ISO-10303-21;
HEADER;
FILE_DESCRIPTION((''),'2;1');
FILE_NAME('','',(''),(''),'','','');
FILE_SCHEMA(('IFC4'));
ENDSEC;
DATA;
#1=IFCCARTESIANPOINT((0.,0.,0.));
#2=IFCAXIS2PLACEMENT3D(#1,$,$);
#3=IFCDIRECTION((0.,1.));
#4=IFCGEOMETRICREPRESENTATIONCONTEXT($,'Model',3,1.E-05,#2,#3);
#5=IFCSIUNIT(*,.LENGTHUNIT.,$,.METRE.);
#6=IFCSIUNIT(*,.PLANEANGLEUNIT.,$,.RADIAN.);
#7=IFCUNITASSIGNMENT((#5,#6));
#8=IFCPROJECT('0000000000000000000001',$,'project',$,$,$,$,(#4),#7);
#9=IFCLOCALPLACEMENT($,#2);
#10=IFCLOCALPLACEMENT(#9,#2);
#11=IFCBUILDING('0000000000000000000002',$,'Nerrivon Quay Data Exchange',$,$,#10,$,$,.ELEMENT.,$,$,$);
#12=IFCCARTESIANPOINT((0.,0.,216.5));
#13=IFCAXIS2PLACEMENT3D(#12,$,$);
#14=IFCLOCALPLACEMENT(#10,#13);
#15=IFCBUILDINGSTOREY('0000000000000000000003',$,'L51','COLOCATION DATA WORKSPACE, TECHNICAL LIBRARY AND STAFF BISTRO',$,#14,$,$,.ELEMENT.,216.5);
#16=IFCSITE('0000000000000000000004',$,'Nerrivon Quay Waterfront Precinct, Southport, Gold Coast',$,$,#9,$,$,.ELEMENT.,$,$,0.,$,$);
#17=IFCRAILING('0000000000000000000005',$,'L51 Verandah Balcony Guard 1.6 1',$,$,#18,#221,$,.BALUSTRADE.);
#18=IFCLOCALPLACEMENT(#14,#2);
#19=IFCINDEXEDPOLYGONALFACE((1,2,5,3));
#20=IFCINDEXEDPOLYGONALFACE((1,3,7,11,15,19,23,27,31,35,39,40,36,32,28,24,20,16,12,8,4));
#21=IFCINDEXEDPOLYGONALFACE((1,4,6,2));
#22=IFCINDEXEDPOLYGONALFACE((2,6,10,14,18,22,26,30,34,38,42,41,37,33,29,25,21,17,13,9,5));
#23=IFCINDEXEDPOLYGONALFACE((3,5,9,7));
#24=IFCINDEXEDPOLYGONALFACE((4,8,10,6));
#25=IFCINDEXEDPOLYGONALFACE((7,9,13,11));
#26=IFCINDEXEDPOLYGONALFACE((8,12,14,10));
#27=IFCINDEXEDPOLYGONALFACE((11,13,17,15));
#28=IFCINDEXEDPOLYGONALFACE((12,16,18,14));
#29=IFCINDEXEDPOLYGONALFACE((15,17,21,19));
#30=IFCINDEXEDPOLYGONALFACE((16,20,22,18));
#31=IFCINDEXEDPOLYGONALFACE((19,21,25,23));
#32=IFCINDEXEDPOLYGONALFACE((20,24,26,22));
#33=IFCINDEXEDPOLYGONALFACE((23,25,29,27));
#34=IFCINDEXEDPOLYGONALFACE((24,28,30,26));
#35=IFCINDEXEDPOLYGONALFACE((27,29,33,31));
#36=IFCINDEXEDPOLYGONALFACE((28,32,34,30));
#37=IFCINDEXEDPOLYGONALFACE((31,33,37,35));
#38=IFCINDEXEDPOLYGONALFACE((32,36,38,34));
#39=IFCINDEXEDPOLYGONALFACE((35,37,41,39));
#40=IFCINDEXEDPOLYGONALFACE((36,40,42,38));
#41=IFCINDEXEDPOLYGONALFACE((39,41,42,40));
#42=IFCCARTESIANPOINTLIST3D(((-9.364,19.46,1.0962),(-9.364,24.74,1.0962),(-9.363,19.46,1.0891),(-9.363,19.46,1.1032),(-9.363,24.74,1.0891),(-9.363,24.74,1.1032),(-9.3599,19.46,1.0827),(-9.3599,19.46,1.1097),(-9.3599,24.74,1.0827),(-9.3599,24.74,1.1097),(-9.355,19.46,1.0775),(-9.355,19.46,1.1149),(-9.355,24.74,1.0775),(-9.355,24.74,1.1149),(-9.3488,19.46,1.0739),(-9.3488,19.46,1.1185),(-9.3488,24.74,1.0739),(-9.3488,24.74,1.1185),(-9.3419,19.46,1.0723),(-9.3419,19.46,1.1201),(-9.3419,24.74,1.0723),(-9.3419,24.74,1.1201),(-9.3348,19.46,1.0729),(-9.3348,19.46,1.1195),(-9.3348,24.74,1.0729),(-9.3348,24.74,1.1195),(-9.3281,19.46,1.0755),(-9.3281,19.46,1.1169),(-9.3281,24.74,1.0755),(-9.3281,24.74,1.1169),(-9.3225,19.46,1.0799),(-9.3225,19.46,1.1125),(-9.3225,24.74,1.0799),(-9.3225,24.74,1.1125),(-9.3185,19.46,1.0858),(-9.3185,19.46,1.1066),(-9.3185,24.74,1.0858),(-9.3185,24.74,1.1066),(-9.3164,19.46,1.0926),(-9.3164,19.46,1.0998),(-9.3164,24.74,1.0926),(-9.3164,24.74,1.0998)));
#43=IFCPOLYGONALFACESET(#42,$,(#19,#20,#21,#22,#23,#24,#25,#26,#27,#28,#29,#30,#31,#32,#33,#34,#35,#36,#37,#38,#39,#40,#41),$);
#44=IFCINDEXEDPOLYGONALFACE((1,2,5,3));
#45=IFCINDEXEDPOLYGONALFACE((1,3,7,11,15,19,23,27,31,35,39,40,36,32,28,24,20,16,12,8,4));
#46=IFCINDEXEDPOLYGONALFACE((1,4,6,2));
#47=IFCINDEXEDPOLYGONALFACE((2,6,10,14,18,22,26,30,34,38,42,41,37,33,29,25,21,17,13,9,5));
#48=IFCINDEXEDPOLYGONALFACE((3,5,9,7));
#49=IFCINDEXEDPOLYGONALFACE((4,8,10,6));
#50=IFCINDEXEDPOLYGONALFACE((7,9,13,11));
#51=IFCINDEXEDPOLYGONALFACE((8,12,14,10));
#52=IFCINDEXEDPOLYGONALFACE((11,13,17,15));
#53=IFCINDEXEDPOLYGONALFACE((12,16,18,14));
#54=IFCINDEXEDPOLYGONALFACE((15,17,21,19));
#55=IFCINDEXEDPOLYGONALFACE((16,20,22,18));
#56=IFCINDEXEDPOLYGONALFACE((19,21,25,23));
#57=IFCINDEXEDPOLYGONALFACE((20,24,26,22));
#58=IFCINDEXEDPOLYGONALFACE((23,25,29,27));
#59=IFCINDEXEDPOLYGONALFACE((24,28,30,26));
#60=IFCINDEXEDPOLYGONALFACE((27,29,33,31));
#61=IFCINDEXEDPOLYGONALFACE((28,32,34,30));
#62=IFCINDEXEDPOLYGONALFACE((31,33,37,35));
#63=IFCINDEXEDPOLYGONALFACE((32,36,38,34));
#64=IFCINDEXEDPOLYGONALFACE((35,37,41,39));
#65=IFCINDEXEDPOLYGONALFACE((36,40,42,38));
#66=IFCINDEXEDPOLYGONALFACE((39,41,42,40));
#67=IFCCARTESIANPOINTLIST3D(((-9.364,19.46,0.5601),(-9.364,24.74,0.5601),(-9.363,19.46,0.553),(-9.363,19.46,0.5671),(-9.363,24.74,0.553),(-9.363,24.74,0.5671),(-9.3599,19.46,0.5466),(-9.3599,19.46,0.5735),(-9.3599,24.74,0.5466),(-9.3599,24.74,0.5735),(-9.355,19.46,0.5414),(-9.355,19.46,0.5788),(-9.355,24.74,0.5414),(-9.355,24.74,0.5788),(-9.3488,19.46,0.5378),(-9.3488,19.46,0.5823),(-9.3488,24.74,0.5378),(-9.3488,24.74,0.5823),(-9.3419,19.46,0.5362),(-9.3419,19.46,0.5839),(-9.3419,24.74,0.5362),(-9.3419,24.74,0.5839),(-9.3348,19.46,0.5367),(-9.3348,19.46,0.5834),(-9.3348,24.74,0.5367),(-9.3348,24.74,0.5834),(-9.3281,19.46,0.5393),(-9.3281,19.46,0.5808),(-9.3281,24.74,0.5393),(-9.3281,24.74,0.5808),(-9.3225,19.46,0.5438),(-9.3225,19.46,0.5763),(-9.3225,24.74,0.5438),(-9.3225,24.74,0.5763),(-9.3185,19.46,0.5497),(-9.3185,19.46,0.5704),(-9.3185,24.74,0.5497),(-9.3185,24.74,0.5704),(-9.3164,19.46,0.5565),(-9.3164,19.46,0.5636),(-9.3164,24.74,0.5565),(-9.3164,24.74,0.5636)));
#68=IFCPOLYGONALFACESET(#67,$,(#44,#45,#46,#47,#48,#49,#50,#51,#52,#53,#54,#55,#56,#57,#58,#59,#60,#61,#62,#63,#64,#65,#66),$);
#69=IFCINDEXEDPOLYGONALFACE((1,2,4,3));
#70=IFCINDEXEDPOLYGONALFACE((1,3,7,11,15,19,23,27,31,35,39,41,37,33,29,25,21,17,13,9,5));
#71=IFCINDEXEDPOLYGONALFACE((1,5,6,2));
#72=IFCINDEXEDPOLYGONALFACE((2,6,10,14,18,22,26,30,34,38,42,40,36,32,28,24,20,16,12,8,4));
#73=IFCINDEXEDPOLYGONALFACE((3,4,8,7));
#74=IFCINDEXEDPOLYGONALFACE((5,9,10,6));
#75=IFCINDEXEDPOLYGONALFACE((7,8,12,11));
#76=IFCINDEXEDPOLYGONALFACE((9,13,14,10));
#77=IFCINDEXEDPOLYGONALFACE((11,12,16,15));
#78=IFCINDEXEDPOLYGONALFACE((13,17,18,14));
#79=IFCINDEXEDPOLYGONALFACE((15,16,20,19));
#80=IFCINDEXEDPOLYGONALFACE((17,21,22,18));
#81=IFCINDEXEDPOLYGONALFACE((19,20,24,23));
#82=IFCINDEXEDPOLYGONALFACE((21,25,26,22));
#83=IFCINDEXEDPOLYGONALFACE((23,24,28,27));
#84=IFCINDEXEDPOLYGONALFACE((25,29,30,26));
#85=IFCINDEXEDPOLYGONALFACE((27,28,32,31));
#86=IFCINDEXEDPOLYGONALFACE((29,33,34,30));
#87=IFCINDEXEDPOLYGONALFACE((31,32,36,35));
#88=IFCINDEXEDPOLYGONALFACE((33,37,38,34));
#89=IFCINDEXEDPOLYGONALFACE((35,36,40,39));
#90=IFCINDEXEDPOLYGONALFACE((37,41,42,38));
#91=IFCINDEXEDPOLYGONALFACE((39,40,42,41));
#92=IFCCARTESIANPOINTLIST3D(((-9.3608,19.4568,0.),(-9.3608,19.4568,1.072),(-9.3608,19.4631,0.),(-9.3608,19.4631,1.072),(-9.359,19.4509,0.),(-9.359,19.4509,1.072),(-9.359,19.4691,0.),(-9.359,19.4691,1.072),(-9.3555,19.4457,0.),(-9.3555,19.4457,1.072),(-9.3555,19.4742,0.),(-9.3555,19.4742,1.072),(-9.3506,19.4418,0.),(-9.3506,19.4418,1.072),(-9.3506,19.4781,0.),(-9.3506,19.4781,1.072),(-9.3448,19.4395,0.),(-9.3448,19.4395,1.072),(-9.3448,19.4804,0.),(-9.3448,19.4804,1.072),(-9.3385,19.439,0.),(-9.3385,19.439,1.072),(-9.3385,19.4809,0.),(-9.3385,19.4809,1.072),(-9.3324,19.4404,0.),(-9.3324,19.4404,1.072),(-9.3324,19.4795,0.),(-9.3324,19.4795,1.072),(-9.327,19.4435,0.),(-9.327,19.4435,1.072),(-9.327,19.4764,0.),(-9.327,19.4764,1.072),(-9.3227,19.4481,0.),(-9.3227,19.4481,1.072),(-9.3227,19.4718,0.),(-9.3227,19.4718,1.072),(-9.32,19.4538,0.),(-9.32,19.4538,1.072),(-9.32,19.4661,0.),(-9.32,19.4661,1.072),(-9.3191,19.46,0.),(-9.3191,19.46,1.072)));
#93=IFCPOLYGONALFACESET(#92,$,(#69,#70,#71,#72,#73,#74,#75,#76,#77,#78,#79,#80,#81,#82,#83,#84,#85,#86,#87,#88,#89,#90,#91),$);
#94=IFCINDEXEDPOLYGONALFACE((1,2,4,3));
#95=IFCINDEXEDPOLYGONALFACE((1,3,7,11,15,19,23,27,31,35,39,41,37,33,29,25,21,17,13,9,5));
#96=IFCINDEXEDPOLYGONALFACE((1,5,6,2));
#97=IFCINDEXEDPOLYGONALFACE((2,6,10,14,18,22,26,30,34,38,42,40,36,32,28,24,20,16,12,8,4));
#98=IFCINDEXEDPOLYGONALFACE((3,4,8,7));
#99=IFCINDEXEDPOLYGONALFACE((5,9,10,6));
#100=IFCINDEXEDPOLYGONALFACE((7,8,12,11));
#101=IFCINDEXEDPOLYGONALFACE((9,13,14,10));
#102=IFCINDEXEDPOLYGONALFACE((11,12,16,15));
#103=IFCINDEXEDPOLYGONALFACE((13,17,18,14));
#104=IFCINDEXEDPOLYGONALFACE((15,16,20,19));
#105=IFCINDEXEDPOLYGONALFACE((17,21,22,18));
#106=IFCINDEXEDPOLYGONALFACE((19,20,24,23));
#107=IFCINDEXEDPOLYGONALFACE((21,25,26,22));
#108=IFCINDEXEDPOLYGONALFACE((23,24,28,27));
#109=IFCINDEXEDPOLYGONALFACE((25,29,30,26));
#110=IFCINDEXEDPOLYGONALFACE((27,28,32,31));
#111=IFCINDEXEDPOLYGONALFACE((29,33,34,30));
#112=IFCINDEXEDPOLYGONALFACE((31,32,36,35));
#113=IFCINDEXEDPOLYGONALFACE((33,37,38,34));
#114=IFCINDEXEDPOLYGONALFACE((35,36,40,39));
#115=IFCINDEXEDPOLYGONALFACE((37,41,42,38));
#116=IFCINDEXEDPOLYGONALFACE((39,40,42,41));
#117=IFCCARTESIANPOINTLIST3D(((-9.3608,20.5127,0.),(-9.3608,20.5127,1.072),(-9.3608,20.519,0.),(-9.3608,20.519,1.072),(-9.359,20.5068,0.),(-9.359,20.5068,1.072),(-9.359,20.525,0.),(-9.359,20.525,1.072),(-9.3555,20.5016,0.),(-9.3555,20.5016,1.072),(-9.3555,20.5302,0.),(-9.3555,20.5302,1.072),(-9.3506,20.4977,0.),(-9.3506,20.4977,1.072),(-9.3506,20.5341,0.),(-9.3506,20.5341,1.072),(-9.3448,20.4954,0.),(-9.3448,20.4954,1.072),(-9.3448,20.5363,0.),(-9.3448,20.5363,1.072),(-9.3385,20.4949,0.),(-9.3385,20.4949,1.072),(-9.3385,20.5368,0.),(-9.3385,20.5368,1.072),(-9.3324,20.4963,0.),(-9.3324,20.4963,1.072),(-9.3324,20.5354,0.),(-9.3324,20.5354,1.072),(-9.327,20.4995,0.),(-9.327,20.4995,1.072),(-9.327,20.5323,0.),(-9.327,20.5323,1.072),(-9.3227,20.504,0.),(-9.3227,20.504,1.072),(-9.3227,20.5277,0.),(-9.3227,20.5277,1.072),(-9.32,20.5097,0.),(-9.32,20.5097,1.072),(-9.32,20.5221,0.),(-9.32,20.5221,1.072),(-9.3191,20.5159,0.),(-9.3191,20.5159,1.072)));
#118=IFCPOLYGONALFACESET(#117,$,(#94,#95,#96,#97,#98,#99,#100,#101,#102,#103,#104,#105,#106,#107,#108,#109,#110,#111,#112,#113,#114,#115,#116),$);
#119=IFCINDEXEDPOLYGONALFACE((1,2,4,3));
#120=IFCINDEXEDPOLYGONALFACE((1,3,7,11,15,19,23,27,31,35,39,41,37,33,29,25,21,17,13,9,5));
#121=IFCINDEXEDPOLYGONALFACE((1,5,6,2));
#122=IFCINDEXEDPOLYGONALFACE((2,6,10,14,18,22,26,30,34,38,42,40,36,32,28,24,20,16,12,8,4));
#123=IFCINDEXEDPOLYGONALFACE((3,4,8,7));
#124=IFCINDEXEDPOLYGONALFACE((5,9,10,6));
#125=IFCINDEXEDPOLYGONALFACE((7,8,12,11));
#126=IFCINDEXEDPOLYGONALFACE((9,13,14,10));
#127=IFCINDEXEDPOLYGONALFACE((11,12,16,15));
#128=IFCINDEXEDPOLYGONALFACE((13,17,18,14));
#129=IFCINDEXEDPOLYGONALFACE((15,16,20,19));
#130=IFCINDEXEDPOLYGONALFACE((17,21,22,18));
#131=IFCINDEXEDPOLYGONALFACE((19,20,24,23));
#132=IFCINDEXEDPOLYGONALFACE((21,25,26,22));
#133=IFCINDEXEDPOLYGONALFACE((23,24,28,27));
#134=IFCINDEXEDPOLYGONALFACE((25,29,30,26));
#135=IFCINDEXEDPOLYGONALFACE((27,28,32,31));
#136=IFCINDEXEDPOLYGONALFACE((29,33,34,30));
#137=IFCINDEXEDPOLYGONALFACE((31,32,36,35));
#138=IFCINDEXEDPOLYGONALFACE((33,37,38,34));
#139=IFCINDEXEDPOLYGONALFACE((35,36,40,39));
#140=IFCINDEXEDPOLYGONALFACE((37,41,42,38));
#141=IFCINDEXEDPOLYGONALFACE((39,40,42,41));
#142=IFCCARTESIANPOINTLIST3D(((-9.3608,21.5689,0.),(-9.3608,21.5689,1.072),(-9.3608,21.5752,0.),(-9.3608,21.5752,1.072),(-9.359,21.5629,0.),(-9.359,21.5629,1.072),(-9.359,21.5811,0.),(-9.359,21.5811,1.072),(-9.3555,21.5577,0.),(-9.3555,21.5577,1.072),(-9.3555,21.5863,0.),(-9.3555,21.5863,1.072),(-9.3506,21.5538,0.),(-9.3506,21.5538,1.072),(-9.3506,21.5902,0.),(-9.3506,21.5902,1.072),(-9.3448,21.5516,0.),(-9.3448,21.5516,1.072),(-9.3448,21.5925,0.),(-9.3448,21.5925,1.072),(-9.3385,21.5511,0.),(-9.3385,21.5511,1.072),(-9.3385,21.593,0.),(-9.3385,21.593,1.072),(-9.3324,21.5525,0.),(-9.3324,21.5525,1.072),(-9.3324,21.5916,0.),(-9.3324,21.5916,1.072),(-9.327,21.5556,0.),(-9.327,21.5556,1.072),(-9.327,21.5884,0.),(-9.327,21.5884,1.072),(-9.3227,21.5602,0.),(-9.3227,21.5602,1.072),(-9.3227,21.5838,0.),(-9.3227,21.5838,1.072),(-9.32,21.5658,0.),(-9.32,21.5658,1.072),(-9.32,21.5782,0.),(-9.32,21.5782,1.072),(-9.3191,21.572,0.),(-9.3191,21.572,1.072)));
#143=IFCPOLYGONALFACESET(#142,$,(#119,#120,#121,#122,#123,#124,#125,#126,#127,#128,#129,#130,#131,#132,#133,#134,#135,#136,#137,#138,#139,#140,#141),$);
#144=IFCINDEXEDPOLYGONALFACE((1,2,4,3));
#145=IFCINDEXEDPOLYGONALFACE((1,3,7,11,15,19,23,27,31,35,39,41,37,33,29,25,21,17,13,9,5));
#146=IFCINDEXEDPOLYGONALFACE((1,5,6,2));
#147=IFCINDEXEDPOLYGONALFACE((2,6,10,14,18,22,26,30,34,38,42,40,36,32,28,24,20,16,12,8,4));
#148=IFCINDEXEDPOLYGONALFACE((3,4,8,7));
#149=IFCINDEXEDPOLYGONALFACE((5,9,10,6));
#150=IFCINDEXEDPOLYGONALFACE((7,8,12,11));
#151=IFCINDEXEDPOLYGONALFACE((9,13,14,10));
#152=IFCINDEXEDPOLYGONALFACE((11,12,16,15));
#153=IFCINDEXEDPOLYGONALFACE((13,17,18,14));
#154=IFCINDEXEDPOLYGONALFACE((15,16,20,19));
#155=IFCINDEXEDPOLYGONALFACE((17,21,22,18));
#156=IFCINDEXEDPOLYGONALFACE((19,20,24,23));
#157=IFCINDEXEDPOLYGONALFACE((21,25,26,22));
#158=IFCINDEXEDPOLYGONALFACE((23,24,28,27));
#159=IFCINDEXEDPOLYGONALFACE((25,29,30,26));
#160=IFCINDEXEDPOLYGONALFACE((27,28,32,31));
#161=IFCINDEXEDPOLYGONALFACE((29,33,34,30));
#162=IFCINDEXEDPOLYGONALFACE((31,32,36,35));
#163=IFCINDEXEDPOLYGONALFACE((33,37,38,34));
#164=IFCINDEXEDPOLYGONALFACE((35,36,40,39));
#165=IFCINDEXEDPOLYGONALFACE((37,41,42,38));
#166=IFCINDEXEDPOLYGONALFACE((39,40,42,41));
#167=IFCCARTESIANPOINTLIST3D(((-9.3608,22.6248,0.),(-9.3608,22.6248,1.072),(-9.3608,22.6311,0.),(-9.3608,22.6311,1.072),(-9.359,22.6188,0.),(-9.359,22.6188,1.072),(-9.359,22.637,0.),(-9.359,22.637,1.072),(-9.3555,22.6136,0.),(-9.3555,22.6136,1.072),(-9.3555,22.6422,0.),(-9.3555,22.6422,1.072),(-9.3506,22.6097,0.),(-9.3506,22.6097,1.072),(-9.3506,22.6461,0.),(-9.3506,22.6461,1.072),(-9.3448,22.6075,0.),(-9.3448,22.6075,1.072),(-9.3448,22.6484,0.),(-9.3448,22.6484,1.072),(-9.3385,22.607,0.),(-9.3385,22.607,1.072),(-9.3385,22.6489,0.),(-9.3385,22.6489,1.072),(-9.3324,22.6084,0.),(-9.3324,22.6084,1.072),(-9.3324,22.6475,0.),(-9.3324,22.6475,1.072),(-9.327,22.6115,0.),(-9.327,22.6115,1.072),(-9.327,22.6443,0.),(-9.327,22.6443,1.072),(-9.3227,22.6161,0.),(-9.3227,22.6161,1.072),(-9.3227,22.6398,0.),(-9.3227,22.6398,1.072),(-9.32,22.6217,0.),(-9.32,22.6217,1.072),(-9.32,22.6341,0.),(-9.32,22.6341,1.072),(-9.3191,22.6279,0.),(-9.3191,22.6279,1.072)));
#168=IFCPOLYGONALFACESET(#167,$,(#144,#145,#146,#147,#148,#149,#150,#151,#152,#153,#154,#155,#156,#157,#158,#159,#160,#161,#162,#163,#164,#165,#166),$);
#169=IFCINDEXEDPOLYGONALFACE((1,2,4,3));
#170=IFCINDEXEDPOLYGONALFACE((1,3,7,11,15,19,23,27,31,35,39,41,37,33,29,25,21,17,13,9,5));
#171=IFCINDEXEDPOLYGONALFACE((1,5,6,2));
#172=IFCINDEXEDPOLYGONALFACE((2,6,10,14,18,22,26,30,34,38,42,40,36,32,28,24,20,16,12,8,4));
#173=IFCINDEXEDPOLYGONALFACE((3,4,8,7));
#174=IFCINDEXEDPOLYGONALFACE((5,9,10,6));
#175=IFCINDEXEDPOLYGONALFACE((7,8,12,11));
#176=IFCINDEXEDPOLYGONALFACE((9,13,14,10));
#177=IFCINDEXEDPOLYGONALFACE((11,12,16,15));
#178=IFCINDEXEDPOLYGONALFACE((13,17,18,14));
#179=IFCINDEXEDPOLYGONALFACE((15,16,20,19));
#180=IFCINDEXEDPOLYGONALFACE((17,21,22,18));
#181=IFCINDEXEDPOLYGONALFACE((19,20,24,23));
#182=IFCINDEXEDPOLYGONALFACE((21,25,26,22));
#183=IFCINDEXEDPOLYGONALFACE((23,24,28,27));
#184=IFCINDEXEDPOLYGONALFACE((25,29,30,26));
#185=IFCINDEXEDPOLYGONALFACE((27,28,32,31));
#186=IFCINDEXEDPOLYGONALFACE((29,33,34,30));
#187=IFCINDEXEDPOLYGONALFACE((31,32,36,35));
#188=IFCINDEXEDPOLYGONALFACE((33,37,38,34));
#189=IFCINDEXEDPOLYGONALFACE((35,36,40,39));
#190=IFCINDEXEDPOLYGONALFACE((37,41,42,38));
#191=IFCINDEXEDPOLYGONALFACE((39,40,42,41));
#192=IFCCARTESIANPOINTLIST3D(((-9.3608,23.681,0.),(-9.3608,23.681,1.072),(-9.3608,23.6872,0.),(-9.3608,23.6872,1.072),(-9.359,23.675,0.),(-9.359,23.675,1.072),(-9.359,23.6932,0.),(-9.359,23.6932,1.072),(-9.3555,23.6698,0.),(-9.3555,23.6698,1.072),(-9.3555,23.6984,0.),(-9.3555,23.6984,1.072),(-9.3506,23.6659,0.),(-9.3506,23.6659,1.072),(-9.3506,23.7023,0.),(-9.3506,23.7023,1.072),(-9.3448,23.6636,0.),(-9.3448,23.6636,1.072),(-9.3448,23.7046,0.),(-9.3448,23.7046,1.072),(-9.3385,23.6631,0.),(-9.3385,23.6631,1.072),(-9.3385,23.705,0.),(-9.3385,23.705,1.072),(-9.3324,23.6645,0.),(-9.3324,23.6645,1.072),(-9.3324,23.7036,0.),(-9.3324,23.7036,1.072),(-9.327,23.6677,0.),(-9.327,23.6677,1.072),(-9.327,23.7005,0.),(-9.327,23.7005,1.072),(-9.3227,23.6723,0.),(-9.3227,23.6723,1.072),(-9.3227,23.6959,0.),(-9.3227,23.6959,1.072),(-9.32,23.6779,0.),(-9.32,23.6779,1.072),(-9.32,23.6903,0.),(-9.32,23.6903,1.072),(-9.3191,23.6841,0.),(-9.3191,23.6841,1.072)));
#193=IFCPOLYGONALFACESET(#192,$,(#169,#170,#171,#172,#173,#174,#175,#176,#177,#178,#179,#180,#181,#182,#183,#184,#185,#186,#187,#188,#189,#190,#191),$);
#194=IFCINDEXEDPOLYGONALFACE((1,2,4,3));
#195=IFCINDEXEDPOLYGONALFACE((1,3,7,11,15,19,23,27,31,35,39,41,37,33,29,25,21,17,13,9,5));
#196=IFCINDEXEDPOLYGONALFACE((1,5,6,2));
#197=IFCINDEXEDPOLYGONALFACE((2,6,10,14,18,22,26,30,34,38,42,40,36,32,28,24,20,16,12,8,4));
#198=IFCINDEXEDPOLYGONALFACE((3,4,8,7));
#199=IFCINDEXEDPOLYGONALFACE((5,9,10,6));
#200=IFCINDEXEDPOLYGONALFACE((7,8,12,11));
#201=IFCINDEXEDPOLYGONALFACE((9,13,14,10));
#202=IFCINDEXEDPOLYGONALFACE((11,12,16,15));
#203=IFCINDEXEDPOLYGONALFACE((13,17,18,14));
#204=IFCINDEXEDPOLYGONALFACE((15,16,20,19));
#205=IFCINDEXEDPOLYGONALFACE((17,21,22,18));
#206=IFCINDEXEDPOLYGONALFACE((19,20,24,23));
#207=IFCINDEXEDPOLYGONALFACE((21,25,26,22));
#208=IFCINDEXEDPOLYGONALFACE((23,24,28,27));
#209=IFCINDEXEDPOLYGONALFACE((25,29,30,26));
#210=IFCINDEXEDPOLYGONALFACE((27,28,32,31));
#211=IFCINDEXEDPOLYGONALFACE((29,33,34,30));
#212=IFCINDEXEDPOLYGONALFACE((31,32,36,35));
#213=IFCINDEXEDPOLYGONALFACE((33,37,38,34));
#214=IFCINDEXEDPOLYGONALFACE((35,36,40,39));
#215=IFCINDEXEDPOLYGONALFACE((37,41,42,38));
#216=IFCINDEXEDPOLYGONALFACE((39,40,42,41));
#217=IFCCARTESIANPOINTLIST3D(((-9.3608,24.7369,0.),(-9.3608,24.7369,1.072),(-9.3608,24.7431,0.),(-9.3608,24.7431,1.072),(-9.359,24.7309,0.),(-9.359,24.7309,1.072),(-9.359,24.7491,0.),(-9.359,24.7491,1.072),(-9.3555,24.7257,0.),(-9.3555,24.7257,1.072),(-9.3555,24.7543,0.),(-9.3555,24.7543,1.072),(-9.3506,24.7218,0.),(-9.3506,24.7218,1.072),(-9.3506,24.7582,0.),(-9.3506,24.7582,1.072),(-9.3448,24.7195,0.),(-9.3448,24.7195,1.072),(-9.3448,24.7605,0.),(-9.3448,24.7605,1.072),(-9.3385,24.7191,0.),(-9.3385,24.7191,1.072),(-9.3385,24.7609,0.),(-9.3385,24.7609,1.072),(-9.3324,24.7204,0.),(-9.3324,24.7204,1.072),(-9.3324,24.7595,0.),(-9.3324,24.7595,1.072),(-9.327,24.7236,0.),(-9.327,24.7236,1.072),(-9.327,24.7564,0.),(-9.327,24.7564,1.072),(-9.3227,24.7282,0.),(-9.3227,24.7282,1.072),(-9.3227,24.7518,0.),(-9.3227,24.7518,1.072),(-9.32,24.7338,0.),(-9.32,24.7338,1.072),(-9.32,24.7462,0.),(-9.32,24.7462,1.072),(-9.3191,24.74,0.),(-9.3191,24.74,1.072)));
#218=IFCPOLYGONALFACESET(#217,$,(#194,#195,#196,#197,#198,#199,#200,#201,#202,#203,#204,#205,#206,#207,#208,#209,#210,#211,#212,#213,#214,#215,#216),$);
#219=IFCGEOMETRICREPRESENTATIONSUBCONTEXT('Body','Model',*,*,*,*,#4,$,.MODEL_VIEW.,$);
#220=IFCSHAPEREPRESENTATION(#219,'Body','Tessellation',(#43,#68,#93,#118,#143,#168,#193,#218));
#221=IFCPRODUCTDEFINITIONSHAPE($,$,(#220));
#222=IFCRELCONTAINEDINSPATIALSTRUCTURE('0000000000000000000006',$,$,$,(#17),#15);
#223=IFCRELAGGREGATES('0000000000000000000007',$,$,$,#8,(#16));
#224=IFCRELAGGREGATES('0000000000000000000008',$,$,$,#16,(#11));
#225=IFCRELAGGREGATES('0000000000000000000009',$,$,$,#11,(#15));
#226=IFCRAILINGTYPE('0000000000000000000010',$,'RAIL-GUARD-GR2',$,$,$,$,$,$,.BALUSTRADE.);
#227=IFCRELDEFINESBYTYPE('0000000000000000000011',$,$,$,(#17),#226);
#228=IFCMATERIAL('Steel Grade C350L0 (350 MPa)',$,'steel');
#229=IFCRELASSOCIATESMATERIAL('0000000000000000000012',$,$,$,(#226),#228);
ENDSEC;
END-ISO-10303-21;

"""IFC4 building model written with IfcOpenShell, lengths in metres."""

from ifc_helpers import new_model, si_unit, direction, frame, origin, origin_2d, place, context, subcontext, project, spatial, circle, extrude, material, type_object, element, save


model = new_model("IFC4")

# Units and contexts
model_context = context("Model", 3, precision=1e-05, world=origin(), true_north=direction((0.0, 1.0)))
body_context = subcontext(model_context, "Body", "Model", "MODEL_VIEW")
ifc_project = project(units=[si_unit("LENGTHUNIT", "METRE"), si_unit("PLANEANGLEUNIT", "RADIAN")], contexts=[model_context])

# Site, building, storey
site_placement = place(None, origin())
site = spatial("IfcSite", under=ifc_project, at=site_placement, Name="Nerrivon Quay Waterfront Precinct, Southport, Gold Coast", CompositionType="ELEMENT", RefElevation=0.0)
building_placement = place(site_placement, origin())
building = spatial("IfcBuilding", under=site, at=building_placement, Name="Nerrivon Quay Data Exchange", CompositionType="ELEMENT")
storey_placement = place(building_placement, frame((0.0, 0.0, 216.5)))
storey = spatial("IfcBuildingStorey", under=building, at=storey_placement, Name="L51", Description="COLOCATION DATA WORKSPACE, TECHNICAL LIBRARY AND STAFF BISTRO", CompositionType="ELEMENT", Elevation=216.5)

# Shared definitions
ifc_material_1 = material(Name="Steel Grade C350L0 (350 MPa)", Category="steel")

# Railing
railing_type = type_object("IfcRailingType", Name="RAIL-GUARD-GR2", PredefinedType="BALUSTRADE", material=ifc_material_1)
railing_1_placement = place(storey_placement, frame((-9.3401, 19.46, 0.0)))
element("IfcRailing", 1, at=railing_1_placement, inside=storey, type_object=railing_type, Name="L51 Verandah Balcony Guard 1.6 1", PredefinedType="BALUSTRADE", context=body_context, shape_type="SweptSolid", body=[
    extrude(circle(Radius=0.0239, at=origin_2d()), frame((0.0, 0.0, 1.0962), z_axis=(0.0, 1.0, 0.0), x_axis=(-1.0, 0.0, 0.0)), (0.0, 0.0, 1.0), 5.28),
    extrude(circle(Radius=0.0239, at=origin_2d()), frame((0.0, 0.0, 0.5601), z_axis=(0.0, 1.0, 0.0), x_axis=(-1.0, 0.0, 0.0)), (0.0, 0.0, 1.0), 5.28),
    extrude(circle(Radius=0.021, at=origin_2d()), origin(), (0.0, 0.0, 1.0), 1.072),
    extrude(circle(Radius=0.021, at=origin_2d()), frame((0.0, 1.0559, 0.0)), (0.0, 0.0, 1.0), 1.072),
    extrude(circle(Radius=0.021, at=origin_2d()), frame((0.0, 2.1121, 0.0)), (0.0, 0.0, 1.0), 1.072),
    extrude(circle(Radius=0.021, at=origin_2d()), frame((0.0, 3.168, 0.0)), (0.0, 0.0, 1.0), 1.072),
    extrude(circle(Radius=0.021, at=origin_2d()), frame((0.0, 4.2241, 0.0)), (0.0, 0.0, 1.0), 1.072),
    extrude(circle(Radius=0.021, at=origin_2d()), frame((0.0, 5.28, 0.0)), (0.0, 0.0, 1.0), 1.072),
])

save(model, "model.ifc")
